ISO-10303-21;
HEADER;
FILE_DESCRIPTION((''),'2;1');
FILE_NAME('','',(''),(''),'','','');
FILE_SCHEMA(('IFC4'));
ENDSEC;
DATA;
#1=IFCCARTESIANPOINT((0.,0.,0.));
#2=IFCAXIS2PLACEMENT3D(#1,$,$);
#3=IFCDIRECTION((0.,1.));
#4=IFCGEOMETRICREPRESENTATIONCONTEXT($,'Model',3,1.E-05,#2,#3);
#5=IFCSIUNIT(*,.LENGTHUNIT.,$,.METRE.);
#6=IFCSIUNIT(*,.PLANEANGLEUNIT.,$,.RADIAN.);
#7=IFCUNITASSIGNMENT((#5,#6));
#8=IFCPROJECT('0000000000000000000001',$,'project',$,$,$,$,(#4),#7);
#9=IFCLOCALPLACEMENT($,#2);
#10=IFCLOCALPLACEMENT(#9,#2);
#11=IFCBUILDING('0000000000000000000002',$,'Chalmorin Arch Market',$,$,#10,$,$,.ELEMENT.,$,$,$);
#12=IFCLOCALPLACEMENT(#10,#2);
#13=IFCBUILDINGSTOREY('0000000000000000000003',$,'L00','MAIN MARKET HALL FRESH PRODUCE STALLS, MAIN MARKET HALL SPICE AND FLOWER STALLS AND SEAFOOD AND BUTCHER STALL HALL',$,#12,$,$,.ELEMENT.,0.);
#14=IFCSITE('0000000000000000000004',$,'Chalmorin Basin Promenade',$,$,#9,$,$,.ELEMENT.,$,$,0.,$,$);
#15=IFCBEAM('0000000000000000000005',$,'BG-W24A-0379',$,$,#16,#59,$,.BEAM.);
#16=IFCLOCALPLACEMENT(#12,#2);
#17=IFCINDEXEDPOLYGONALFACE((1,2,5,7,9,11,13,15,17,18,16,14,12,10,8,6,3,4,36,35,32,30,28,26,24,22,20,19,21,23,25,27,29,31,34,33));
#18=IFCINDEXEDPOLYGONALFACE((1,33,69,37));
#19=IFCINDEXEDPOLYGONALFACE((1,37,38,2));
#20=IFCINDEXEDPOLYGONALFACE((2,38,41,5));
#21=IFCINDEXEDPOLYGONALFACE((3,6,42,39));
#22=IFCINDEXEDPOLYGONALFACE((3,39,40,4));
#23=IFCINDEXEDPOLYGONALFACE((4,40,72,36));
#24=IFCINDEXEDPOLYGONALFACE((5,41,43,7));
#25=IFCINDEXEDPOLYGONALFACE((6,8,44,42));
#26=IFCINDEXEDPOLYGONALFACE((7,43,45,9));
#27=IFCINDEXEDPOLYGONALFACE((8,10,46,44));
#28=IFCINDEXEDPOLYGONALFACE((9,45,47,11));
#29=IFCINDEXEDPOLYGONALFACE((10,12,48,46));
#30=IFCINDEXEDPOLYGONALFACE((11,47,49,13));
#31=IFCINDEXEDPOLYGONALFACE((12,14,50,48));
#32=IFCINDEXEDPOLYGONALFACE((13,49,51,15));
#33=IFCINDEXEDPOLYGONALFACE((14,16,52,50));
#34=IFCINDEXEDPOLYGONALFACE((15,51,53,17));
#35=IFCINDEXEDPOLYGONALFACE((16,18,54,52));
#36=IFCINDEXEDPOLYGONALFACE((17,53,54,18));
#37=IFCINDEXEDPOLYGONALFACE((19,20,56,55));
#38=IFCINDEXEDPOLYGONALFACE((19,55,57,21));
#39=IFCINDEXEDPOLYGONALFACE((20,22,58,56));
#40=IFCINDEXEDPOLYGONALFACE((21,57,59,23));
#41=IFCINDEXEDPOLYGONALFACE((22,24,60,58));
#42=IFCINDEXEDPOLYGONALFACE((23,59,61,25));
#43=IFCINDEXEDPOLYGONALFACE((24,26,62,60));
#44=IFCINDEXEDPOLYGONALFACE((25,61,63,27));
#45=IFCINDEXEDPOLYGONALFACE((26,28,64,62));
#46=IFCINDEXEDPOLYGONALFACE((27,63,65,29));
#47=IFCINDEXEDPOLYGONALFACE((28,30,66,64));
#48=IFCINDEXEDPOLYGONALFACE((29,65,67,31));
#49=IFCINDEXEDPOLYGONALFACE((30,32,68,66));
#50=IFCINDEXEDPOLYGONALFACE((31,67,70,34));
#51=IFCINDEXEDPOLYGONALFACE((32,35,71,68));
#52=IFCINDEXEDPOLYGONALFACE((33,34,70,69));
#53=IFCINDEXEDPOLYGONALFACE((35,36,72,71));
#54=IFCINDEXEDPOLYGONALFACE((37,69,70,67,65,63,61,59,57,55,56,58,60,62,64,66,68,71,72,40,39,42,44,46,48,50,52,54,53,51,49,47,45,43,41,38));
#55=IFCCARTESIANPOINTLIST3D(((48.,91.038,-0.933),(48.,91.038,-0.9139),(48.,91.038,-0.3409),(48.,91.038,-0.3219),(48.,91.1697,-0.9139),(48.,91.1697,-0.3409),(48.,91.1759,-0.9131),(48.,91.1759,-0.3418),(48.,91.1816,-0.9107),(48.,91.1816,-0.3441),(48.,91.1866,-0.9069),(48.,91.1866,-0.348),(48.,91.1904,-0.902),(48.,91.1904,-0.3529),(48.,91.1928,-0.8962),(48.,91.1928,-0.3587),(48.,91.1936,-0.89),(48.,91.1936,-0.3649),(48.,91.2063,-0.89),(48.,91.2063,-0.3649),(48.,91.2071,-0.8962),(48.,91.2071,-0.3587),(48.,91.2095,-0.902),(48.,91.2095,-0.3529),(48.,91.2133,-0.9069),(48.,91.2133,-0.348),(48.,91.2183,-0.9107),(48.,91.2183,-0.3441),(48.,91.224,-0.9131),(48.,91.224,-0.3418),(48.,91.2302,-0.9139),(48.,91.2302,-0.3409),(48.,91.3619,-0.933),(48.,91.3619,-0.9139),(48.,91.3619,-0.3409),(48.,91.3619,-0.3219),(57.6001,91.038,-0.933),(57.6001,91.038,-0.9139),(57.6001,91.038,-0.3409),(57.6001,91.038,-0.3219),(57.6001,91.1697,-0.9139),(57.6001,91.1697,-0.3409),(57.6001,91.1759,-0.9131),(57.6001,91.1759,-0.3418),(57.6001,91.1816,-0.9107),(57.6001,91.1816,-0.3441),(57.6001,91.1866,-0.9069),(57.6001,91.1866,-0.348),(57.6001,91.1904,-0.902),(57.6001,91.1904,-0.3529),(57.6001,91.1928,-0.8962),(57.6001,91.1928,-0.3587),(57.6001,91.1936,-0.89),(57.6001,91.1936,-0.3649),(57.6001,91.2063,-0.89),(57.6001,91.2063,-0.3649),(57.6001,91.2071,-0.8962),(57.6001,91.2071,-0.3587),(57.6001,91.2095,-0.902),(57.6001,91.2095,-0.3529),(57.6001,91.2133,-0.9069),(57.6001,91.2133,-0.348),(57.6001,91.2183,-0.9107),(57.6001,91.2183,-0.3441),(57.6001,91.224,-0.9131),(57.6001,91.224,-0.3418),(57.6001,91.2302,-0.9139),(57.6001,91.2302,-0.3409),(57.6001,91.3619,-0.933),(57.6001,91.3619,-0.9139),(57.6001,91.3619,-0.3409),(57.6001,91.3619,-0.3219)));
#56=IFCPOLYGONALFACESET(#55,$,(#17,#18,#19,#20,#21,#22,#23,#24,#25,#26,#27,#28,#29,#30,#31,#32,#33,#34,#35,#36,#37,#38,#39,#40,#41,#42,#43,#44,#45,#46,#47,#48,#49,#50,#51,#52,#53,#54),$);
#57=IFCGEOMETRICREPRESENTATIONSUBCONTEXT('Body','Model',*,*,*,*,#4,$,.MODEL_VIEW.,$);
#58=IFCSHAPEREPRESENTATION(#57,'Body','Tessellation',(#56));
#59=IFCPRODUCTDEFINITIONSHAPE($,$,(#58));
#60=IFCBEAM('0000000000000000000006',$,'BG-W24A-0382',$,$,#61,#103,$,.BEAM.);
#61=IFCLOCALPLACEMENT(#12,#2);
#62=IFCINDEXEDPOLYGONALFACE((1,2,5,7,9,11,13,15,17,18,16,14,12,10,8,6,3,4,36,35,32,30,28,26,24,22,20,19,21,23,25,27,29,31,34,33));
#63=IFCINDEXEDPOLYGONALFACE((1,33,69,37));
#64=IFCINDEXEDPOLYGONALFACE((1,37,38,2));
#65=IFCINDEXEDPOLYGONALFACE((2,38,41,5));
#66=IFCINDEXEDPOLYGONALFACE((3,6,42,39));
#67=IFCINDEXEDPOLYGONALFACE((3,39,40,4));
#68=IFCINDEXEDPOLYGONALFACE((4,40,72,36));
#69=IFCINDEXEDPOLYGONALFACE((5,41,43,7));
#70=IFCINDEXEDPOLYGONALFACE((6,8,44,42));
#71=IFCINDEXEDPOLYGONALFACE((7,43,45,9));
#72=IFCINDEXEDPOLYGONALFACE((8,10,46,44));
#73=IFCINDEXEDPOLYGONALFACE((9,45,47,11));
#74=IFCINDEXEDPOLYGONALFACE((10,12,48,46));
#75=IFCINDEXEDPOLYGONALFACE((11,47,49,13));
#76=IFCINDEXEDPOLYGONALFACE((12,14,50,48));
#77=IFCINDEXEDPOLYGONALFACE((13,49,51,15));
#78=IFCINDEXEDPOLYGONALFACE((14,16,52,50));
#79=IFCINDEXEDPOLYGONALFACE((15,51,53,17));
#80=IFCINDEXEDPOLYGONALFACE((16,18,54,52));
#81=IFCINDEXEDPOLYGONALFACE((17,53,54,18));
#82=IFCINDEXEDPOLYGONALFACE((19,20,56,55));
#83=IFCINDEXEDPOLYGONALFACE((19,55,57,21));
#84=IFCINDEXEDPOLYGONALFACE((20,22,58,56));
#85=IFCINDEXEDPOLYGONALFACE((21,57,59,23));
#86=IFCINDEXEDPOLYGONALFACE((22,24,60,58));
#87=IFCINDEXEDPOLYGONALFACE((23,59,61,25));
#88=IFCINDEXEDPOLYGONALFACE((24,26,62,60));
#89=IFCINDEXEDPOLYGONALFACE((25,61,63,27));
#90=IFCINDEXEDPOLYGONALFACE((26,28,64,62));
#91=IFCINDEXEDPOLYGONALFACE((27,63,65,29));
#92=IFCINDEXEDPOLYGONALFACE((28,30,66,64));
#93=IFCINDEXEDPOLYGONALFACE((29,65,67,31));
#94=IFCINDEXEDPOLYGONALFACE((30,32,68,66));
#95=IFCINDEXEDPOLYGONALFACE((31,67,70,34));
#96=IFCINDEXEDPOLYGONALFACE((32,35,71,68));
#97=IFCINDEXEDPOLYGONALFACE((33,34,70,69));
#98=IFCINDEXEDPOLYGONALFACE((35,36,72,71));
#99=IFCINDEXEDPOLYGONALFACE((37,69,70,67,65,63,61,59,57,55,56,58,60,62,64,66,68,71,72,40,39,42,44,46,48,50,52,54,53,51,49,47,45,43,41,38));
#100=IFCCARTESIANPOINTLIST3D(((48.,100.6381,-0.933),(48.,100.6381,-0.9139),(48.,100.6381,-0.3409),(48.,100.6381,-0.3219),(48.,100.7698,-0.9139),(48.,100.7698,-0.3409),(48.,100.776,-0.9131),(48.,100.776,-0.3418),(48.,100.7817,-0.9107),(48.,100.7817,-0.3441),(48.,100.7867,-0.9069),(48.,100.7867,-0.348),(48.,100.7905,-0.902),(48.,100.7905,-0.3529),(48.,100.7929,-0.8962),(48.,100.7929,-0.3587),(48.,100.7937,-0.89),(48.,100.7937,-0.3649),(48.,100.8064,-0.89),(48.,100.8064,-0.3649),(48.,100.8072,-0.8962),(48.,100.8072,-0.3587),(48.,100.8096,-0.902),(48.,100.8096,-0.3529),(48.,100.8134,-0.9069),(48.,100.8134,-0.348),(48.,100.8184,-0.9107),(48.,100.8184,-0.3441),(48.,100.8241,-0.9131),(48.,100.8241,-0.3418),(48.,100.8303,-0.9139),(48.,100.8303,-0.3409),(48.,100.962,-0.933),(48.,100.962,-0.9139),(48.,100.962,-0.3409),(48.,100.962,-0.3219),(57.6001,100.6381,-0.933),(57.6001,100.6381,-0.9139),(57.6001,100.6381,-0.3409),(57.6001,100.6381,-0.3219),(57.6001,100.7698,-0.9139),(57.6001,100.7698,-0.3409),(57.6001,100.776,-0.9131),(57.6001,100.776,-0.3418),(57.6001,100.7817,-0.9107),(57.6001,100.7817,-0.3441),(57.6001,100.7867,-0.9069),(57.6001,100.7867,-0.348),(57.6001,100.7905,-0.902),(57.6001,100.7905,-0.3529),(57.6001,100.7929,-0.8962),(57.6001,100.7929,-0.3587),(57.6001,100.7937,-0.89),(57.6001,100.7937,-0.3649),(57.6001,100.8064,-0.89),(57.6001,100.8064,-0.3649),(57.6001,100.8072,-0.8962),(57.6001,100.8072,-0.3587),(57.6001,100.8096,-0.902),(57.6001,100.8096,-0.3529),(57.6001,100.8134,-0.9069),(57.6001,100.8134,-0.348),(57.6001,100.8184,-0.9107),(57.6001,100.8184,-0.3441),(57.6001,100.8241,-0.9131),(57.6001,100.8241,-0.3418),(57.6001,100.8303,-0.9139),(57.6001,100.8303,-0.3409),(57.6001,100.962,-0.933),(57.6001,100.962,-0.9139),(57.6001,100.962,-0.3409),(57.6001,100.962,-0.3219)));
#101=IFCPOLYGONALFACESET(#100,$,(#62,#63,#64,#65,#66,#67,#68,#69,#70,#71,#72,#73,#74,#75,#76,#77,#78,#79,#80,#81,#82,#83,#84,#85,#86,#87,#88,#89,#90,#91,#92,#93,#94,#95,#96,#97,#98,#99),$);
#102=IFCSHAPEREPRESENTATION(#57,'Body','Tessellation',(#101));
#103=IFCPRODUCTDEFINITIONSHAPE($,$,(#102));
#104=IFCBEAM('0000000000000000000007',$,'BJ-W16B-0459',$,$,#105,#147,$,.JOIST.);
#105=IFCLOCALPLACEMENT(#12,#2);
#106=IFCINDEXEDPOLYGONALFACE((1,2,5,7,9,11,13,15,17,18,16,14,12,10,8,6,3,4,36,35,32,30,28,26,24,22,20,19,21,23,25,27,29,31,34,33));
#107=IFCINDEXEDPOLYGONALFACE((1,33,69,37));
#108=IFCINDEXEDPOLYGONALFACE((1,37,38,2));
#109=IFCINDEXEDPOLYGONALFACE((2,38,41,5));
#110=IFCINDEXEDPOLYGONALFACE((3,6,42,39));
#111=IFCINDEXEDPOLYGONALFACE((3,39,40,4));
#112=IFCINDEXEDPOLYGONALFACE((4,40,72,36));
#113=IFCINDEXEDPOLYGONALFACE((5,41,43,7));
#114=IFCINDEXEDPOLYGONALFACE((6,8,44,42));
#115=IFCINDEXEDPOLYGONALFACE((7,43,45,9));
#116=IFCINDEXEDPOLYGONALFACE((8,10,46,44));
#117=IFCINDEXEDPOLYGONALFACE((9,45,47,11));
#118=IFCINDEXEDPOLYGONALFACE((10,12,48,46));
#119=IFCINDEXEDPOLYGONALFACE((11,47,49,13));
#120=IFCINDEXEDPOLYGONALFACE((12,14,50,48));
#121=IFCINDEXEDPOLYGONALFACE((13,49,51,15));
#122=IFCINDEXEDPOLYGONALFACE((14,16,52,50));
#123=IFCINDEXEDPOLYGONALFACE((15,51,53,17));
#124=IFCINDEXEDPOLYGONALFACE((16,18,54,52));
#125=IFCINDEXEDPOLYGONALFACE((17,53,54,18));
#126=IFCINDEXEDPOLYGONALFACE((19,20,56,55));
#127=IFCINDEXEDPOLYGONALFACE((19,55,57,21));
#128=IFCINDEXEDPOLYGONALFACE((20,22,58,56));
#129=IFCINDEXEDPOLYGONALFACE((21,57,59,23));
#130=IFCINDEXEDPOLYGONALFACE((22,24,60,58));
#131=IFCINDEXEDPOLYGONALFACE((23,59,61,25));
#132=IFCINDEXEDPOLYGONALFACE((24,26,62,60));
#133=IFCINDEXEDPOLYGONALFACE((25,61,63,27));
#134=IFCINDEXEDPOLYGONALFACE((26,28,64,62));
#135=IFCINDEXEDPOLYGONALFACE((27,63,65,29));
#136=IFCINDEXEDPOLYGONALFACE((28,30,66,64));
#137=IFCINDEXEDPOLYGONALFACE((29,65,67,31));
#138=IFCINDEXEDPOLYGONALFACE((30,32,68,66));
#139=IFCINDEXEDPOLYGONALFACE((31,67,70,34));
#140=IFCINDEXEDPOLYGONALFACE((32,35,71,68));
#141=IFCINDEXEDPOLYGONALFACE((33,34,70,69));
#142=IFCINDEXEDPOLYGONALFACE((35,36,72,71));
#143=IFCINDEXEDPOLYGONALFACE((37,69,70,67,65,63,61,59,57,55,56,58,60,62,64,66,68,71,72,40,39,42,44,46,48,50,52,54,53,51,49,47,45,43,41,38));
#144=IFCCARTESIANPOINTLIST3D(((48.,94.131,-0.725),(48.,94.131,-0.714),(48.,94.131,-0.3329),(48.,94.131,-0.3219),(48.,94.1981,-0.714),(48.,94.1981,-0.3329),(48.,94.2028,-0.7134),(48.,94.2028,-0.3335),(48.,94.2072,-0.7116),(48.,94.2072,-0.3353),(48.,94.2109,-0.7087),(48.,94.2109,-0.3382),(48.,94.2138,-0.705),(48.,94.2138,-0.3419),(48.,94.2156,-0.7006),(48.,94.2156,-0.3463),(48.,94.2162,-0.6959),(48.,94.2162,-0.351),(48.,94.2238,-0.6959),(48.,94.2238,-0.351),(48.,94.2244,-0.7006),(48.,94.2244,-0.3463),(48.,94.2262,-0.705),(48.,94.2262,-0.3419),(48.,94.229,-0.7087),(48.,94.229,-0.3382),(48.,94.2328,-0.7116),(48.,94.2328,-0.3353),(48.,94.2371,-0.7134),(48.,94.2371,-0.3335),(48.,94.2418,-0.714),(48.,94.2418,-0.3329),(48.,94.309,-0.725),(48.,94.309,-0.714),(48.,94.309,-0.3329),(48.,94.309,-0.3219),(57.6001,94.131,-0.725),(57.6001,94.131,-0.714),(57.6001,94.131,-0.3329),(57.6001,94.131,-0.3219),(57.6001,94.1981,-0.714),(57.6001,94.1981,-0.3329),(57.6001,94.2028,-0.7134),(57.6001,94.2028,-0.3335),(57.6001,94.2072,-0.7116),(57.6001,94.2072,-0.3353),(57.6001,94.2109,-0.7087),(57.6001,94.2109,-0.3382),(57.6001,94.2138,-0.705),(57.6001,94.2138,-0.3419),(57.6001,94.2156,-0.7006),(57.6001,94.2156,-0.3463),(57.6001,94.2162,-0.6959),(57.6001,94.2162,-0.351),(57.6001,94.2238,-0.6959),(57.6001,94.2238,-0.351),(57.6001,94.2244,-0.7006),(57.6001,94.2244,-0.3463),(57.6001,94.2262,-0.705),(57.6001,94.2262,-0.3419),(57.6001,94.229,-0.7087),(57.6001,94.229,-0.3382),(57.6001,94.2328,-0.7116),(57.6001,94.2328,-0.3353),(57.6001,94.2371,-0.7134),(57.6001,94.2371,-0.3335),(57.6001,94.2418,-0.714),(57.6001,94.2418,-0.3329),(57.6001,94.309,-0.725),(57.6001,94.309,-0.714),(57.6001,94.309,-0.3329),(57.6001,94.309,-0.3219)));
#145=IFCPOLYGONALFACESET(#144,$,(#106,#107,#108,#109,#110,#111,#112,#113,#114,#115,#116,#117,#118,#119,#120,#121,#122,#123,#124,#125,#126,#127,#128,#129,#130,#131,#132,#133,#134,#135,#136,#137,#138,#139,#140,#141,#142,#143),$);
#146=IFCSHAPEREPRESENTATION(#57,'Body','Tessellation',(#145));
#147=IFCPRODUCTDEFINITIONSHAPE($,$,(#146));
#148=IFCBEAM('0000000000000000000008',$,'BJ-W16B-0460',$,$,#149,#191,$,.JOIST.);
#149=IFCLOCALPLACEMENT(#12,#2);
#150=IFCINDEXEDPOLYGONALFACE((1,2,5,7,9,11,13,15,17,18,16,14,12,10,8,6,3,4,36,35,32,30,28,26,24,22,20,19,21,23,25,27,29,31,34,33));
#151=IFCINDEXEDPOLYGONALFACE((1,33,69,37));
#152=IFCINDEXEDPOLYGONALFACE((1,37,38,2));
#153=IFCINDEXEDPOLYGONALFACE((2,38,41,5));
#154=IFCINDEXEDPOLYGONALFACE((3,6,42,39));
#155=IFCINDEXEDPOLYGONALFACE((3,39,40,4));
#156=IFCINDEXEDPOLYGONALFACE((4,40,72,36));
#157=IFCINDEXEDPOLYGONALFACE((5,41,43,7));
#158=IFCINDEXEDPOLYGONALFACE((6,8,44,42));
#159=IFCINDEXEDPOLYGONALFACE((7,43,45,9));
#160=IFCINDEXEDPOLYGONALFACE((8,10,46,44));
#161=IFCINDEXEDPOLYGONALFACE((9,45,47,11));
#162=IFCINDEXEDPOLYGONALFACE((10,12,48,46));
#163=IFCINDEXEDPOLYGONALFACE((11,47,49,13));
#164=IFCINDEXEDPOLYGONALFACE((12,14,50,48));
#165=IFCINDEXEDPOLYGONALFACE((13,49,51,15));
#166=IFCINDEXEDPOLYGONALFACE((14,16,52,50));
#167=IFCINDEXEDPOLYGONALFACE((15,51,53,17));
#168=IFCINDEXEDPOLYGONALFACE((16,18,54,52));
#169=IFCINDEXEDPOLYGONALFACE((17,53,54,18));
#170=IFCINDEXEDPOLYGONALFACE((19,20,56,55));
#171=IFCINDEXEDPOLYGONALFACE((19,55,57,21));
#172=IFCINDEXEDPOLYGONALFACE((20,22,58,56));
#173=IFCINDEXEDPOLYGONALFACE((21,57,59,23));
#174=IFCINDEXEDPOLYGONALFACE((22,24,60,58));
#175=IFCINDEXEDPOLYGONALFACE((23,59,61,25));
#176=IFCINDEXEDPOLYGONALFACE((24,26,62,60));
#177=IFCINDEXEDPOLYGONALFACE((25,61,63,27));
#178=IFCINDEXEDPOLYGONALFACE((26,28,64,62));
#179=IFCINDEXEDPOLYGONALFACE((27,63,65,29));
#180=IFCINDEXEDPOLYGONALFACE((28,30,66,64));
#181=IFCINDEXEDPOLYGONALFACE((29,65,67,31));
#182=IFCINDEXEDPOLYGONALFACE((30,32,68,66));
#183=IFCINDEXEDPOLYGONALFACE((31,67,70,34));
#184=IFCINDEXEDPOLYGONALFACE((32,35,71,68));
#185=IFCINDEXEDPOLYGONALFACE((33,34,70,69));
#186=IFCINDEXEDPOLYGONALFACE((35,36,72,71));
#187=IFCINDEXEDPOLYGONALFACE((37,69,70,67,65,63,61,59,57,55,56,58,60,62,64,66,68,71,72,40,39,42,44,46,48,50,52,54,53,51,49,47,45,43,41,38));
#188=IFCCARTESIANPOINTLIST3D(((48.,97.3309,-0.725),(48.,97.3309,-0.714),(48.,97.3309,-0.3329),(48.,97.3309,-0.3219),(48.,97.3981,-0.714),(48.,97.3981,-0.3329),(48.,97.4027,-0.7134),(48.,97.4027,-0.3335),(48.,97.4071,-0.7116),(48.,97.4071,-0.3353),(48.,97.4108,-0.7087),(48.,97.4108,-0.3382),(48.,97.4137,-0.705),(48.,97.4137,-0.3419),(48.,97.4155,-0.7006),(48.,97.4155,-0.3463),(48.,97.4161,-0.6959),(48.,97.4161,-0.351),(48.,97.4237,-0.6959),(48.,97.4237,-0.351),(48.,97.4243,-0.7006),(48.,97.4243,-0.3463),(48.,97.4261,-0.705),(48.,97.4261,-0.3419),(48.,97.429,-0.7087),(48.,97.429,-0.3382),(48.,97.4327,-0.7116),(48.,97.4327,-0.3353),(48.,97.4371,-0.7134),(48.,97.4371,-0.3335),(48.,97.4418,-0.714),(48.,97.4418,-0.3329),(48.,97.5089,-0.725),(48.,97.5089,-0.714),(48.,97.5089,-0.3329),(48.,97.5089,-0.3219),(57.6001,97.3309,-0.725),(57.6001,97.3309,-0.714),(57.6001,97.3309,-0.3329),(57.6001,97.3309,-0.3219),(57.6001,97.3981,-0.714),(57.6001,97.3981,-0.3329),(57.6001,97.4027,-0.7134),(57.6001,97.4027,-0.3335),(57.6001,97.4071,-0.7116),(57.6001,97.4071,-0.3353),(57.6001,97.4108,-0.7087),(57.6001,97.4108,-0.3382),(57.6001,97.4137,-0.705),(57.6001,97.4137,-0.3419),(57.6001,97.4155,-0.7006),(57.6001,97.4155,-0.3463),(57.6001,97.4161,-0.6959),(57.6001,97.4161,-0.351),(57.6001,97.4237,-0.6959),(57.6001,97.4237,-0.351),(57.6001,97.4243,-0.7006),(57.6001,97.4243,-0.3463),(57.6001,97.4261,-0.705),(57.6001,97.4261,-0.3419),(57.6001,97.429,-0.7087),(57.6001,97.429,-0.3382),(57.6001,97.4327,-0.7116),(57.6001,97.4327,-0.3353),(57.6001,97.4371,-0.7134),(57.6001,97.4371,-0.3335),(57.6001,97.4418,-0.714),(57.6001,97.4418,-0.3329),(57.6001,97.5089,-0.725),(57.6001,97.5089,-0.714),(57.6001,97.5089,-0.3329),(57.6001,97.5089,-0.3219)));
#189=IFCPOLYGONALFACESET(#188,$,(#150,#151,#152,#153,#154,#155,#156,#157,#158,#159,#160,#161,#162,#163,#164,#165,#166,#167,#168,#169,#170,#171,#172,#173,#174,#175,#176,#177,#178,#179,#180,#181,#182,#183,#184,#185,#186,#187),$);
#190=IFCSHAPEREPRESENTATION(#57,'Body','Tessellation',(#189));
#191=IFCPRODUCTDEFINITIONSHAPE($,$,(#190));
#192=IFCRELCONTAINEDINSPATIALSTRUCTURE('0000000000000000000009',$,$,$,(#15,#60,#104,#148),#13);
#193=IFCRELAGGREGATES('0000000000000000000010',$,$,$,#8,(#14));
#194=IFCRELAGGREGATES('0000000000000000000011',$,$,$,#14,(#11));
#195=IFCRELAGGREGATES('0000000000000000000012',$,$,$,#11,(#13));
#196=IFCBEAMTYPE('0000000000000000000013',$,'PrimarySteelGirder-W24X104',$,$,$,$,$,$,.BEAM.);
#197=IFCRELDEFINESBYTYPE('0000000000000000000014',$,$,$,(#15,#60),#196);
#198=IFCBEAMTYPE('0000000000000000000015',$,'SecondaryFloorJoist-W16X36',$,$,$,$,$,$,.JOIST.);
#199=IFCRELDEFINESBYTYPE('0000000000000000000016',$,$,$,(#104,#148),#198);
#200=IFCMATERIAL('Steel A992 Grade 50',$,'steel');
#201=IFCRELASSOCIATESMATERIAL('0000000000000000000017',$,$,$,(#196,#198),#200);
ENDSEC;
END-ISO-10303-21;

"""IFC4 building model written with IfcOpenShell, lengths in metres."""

from ifc_helpers import new_model, si_unit, direction, frame, origin, origin_2d, place, context, subcontext, project, spatial, i_section, extrude, material, material_profile, profile_set, type_object, element, save


model = new_model("IFC4")

# Units and contexts
model_context = context("Model", 3, precision=1e-05, world=origin(), true_north=direction((0.0, 1.0)))
body_context = subcontext(model_context, "Body", "Model", "MODEL_VIEW")
ifc_project = project(units=[si_unit("LENGTHUNIT", "METRE"), si_unit("PLANEANGLEUNIT", "RADIAN")], contexts=[model_context])

# Site, building, storey
site_placement = place(None, origin())
site = spatial("IfcSite", under=ifc_project, at=site_placement, Name="Chalmorin Basin Promenade", CompositionType="ELEMENT", RefElevation=0.0)
building_placement = place(site_placement, origin())
building = spatial("IfcBuilding", under=site, at=building_placement, Name="Chalmorin Arch Market", CompositionType="ELEMENT")
storey_placement = place(building_placement, origin())
storey = spatial("IfcBuildingStorey", under=building, at=storey_placement, Name="L00", Description="MAIN MARKET HALL FRESH PRODUCE STALLS, MAIN MARKET HALL SPICE AND FLOWER STALLS AND SEAFOOD AND BUTCHER STALL HALL", CompositionType="ELEMENT", Elevation=0.0)

# Beams
ifc_material_1 = material(Name="Steel A992 Grade 50", Category="steel")
ifc_material_profile_1 = material_profile(ifc_material_1, i_section(OverallWidth=0.324, OverallDepth=0.6111, WebThickness=0.0127, FlangeThickness=0.019, FilletRadius=0.0239, at=origin_2d()), Name="W24X104")
ifc_profile_set_1 = profile_set([ifc_material_profile_1], Name="Steel A992 Grade 50")
beam_type_1 = type_object("IfcBeamType", Name="PrimarySteelGirder-W24X104", PredefinedType="BEAM", material=ifc_profile_set_1)
for number, where, z_axis, x_axis, name in (
    (1, (48.0, 91.2, -0.6274), (1.0, 0.0, 0.0), (0.0, 1.0, 0.0), "BG-W24A-0379"),
    (2, (48.0, 100.8, -0.6274), (1.0, 0.0, 0.0), (0.0, 1.0, 0.0), "BG-W24A-0382"),
):
    element("IfcBeam", number, at=place(storey_placement, frame(where, z_axis=z_axis, x_axis=x_axis)), inside=storey, type_object=beam_type_1, Name=name, PredefinedType="BEAM", context=body_context, shape_type="SweptSolid", body=[
        extrude(i_section(OverallWidth=0.324, OverallDepth=0.6111, WebThickness=0.0127, FlangeThickness=0.019, FilletRadius=0.0239, at=origin_2d()), origin(), (0.0, 0.0, 1.0), 9.6001),
    ])
ifc_material_profile_2 = material_profile(ifc_material_1, i_section(OverallWidth=0.178, OverallDepth=0.4031, WebThickness=0.0076, FlangeThickness=0.011, FilletRadius=0.0181, at=origin_2d()), Name="W16X36")
ifc_profile_set_2 = profile_set([ifc_material_profile_2], Name="Steel A992 Grade 50")
beam_type_2 = type_object("IfcBeamType", Name="SecondaryFloorJoist-W16X36", PredefinedType="JOIST", material=ifc_profile_set_2)
for number, where, z_axis, x_axis, name in (
    (3, (48.0, 94.22, -0.5234), (1.0, 0.0, 0.0), (0.0, 1.0, 0.0), "BJ-W16B-0459"),
    (4, (48.0, 97.4199, -0.5234), (1.0, 0.0, 0.0), (0.0, 1.0, 0.0), "BJ-W16B-0460"),
):
    element("IfcBeam", number, at=place(storey_placement, frame(where, z_axis=z_axis, x_axis=x_axis)), inside=storey, type_object=beam_type_2, Name=name, PredefinedType="JOIST", context=body_context, shape_type="SweptSolid", body=[
        extrude(i_section(OverallWidth=0.178, OverallDepth=0.4031, WebThickness=0.0076, FlangeThickness=0.011, FilletRadius=0.0181, at=origin_2d()), origin(), (0.0, 0.0, 1.0), 9.6001),
    ])

save(model, "model.ifc")
